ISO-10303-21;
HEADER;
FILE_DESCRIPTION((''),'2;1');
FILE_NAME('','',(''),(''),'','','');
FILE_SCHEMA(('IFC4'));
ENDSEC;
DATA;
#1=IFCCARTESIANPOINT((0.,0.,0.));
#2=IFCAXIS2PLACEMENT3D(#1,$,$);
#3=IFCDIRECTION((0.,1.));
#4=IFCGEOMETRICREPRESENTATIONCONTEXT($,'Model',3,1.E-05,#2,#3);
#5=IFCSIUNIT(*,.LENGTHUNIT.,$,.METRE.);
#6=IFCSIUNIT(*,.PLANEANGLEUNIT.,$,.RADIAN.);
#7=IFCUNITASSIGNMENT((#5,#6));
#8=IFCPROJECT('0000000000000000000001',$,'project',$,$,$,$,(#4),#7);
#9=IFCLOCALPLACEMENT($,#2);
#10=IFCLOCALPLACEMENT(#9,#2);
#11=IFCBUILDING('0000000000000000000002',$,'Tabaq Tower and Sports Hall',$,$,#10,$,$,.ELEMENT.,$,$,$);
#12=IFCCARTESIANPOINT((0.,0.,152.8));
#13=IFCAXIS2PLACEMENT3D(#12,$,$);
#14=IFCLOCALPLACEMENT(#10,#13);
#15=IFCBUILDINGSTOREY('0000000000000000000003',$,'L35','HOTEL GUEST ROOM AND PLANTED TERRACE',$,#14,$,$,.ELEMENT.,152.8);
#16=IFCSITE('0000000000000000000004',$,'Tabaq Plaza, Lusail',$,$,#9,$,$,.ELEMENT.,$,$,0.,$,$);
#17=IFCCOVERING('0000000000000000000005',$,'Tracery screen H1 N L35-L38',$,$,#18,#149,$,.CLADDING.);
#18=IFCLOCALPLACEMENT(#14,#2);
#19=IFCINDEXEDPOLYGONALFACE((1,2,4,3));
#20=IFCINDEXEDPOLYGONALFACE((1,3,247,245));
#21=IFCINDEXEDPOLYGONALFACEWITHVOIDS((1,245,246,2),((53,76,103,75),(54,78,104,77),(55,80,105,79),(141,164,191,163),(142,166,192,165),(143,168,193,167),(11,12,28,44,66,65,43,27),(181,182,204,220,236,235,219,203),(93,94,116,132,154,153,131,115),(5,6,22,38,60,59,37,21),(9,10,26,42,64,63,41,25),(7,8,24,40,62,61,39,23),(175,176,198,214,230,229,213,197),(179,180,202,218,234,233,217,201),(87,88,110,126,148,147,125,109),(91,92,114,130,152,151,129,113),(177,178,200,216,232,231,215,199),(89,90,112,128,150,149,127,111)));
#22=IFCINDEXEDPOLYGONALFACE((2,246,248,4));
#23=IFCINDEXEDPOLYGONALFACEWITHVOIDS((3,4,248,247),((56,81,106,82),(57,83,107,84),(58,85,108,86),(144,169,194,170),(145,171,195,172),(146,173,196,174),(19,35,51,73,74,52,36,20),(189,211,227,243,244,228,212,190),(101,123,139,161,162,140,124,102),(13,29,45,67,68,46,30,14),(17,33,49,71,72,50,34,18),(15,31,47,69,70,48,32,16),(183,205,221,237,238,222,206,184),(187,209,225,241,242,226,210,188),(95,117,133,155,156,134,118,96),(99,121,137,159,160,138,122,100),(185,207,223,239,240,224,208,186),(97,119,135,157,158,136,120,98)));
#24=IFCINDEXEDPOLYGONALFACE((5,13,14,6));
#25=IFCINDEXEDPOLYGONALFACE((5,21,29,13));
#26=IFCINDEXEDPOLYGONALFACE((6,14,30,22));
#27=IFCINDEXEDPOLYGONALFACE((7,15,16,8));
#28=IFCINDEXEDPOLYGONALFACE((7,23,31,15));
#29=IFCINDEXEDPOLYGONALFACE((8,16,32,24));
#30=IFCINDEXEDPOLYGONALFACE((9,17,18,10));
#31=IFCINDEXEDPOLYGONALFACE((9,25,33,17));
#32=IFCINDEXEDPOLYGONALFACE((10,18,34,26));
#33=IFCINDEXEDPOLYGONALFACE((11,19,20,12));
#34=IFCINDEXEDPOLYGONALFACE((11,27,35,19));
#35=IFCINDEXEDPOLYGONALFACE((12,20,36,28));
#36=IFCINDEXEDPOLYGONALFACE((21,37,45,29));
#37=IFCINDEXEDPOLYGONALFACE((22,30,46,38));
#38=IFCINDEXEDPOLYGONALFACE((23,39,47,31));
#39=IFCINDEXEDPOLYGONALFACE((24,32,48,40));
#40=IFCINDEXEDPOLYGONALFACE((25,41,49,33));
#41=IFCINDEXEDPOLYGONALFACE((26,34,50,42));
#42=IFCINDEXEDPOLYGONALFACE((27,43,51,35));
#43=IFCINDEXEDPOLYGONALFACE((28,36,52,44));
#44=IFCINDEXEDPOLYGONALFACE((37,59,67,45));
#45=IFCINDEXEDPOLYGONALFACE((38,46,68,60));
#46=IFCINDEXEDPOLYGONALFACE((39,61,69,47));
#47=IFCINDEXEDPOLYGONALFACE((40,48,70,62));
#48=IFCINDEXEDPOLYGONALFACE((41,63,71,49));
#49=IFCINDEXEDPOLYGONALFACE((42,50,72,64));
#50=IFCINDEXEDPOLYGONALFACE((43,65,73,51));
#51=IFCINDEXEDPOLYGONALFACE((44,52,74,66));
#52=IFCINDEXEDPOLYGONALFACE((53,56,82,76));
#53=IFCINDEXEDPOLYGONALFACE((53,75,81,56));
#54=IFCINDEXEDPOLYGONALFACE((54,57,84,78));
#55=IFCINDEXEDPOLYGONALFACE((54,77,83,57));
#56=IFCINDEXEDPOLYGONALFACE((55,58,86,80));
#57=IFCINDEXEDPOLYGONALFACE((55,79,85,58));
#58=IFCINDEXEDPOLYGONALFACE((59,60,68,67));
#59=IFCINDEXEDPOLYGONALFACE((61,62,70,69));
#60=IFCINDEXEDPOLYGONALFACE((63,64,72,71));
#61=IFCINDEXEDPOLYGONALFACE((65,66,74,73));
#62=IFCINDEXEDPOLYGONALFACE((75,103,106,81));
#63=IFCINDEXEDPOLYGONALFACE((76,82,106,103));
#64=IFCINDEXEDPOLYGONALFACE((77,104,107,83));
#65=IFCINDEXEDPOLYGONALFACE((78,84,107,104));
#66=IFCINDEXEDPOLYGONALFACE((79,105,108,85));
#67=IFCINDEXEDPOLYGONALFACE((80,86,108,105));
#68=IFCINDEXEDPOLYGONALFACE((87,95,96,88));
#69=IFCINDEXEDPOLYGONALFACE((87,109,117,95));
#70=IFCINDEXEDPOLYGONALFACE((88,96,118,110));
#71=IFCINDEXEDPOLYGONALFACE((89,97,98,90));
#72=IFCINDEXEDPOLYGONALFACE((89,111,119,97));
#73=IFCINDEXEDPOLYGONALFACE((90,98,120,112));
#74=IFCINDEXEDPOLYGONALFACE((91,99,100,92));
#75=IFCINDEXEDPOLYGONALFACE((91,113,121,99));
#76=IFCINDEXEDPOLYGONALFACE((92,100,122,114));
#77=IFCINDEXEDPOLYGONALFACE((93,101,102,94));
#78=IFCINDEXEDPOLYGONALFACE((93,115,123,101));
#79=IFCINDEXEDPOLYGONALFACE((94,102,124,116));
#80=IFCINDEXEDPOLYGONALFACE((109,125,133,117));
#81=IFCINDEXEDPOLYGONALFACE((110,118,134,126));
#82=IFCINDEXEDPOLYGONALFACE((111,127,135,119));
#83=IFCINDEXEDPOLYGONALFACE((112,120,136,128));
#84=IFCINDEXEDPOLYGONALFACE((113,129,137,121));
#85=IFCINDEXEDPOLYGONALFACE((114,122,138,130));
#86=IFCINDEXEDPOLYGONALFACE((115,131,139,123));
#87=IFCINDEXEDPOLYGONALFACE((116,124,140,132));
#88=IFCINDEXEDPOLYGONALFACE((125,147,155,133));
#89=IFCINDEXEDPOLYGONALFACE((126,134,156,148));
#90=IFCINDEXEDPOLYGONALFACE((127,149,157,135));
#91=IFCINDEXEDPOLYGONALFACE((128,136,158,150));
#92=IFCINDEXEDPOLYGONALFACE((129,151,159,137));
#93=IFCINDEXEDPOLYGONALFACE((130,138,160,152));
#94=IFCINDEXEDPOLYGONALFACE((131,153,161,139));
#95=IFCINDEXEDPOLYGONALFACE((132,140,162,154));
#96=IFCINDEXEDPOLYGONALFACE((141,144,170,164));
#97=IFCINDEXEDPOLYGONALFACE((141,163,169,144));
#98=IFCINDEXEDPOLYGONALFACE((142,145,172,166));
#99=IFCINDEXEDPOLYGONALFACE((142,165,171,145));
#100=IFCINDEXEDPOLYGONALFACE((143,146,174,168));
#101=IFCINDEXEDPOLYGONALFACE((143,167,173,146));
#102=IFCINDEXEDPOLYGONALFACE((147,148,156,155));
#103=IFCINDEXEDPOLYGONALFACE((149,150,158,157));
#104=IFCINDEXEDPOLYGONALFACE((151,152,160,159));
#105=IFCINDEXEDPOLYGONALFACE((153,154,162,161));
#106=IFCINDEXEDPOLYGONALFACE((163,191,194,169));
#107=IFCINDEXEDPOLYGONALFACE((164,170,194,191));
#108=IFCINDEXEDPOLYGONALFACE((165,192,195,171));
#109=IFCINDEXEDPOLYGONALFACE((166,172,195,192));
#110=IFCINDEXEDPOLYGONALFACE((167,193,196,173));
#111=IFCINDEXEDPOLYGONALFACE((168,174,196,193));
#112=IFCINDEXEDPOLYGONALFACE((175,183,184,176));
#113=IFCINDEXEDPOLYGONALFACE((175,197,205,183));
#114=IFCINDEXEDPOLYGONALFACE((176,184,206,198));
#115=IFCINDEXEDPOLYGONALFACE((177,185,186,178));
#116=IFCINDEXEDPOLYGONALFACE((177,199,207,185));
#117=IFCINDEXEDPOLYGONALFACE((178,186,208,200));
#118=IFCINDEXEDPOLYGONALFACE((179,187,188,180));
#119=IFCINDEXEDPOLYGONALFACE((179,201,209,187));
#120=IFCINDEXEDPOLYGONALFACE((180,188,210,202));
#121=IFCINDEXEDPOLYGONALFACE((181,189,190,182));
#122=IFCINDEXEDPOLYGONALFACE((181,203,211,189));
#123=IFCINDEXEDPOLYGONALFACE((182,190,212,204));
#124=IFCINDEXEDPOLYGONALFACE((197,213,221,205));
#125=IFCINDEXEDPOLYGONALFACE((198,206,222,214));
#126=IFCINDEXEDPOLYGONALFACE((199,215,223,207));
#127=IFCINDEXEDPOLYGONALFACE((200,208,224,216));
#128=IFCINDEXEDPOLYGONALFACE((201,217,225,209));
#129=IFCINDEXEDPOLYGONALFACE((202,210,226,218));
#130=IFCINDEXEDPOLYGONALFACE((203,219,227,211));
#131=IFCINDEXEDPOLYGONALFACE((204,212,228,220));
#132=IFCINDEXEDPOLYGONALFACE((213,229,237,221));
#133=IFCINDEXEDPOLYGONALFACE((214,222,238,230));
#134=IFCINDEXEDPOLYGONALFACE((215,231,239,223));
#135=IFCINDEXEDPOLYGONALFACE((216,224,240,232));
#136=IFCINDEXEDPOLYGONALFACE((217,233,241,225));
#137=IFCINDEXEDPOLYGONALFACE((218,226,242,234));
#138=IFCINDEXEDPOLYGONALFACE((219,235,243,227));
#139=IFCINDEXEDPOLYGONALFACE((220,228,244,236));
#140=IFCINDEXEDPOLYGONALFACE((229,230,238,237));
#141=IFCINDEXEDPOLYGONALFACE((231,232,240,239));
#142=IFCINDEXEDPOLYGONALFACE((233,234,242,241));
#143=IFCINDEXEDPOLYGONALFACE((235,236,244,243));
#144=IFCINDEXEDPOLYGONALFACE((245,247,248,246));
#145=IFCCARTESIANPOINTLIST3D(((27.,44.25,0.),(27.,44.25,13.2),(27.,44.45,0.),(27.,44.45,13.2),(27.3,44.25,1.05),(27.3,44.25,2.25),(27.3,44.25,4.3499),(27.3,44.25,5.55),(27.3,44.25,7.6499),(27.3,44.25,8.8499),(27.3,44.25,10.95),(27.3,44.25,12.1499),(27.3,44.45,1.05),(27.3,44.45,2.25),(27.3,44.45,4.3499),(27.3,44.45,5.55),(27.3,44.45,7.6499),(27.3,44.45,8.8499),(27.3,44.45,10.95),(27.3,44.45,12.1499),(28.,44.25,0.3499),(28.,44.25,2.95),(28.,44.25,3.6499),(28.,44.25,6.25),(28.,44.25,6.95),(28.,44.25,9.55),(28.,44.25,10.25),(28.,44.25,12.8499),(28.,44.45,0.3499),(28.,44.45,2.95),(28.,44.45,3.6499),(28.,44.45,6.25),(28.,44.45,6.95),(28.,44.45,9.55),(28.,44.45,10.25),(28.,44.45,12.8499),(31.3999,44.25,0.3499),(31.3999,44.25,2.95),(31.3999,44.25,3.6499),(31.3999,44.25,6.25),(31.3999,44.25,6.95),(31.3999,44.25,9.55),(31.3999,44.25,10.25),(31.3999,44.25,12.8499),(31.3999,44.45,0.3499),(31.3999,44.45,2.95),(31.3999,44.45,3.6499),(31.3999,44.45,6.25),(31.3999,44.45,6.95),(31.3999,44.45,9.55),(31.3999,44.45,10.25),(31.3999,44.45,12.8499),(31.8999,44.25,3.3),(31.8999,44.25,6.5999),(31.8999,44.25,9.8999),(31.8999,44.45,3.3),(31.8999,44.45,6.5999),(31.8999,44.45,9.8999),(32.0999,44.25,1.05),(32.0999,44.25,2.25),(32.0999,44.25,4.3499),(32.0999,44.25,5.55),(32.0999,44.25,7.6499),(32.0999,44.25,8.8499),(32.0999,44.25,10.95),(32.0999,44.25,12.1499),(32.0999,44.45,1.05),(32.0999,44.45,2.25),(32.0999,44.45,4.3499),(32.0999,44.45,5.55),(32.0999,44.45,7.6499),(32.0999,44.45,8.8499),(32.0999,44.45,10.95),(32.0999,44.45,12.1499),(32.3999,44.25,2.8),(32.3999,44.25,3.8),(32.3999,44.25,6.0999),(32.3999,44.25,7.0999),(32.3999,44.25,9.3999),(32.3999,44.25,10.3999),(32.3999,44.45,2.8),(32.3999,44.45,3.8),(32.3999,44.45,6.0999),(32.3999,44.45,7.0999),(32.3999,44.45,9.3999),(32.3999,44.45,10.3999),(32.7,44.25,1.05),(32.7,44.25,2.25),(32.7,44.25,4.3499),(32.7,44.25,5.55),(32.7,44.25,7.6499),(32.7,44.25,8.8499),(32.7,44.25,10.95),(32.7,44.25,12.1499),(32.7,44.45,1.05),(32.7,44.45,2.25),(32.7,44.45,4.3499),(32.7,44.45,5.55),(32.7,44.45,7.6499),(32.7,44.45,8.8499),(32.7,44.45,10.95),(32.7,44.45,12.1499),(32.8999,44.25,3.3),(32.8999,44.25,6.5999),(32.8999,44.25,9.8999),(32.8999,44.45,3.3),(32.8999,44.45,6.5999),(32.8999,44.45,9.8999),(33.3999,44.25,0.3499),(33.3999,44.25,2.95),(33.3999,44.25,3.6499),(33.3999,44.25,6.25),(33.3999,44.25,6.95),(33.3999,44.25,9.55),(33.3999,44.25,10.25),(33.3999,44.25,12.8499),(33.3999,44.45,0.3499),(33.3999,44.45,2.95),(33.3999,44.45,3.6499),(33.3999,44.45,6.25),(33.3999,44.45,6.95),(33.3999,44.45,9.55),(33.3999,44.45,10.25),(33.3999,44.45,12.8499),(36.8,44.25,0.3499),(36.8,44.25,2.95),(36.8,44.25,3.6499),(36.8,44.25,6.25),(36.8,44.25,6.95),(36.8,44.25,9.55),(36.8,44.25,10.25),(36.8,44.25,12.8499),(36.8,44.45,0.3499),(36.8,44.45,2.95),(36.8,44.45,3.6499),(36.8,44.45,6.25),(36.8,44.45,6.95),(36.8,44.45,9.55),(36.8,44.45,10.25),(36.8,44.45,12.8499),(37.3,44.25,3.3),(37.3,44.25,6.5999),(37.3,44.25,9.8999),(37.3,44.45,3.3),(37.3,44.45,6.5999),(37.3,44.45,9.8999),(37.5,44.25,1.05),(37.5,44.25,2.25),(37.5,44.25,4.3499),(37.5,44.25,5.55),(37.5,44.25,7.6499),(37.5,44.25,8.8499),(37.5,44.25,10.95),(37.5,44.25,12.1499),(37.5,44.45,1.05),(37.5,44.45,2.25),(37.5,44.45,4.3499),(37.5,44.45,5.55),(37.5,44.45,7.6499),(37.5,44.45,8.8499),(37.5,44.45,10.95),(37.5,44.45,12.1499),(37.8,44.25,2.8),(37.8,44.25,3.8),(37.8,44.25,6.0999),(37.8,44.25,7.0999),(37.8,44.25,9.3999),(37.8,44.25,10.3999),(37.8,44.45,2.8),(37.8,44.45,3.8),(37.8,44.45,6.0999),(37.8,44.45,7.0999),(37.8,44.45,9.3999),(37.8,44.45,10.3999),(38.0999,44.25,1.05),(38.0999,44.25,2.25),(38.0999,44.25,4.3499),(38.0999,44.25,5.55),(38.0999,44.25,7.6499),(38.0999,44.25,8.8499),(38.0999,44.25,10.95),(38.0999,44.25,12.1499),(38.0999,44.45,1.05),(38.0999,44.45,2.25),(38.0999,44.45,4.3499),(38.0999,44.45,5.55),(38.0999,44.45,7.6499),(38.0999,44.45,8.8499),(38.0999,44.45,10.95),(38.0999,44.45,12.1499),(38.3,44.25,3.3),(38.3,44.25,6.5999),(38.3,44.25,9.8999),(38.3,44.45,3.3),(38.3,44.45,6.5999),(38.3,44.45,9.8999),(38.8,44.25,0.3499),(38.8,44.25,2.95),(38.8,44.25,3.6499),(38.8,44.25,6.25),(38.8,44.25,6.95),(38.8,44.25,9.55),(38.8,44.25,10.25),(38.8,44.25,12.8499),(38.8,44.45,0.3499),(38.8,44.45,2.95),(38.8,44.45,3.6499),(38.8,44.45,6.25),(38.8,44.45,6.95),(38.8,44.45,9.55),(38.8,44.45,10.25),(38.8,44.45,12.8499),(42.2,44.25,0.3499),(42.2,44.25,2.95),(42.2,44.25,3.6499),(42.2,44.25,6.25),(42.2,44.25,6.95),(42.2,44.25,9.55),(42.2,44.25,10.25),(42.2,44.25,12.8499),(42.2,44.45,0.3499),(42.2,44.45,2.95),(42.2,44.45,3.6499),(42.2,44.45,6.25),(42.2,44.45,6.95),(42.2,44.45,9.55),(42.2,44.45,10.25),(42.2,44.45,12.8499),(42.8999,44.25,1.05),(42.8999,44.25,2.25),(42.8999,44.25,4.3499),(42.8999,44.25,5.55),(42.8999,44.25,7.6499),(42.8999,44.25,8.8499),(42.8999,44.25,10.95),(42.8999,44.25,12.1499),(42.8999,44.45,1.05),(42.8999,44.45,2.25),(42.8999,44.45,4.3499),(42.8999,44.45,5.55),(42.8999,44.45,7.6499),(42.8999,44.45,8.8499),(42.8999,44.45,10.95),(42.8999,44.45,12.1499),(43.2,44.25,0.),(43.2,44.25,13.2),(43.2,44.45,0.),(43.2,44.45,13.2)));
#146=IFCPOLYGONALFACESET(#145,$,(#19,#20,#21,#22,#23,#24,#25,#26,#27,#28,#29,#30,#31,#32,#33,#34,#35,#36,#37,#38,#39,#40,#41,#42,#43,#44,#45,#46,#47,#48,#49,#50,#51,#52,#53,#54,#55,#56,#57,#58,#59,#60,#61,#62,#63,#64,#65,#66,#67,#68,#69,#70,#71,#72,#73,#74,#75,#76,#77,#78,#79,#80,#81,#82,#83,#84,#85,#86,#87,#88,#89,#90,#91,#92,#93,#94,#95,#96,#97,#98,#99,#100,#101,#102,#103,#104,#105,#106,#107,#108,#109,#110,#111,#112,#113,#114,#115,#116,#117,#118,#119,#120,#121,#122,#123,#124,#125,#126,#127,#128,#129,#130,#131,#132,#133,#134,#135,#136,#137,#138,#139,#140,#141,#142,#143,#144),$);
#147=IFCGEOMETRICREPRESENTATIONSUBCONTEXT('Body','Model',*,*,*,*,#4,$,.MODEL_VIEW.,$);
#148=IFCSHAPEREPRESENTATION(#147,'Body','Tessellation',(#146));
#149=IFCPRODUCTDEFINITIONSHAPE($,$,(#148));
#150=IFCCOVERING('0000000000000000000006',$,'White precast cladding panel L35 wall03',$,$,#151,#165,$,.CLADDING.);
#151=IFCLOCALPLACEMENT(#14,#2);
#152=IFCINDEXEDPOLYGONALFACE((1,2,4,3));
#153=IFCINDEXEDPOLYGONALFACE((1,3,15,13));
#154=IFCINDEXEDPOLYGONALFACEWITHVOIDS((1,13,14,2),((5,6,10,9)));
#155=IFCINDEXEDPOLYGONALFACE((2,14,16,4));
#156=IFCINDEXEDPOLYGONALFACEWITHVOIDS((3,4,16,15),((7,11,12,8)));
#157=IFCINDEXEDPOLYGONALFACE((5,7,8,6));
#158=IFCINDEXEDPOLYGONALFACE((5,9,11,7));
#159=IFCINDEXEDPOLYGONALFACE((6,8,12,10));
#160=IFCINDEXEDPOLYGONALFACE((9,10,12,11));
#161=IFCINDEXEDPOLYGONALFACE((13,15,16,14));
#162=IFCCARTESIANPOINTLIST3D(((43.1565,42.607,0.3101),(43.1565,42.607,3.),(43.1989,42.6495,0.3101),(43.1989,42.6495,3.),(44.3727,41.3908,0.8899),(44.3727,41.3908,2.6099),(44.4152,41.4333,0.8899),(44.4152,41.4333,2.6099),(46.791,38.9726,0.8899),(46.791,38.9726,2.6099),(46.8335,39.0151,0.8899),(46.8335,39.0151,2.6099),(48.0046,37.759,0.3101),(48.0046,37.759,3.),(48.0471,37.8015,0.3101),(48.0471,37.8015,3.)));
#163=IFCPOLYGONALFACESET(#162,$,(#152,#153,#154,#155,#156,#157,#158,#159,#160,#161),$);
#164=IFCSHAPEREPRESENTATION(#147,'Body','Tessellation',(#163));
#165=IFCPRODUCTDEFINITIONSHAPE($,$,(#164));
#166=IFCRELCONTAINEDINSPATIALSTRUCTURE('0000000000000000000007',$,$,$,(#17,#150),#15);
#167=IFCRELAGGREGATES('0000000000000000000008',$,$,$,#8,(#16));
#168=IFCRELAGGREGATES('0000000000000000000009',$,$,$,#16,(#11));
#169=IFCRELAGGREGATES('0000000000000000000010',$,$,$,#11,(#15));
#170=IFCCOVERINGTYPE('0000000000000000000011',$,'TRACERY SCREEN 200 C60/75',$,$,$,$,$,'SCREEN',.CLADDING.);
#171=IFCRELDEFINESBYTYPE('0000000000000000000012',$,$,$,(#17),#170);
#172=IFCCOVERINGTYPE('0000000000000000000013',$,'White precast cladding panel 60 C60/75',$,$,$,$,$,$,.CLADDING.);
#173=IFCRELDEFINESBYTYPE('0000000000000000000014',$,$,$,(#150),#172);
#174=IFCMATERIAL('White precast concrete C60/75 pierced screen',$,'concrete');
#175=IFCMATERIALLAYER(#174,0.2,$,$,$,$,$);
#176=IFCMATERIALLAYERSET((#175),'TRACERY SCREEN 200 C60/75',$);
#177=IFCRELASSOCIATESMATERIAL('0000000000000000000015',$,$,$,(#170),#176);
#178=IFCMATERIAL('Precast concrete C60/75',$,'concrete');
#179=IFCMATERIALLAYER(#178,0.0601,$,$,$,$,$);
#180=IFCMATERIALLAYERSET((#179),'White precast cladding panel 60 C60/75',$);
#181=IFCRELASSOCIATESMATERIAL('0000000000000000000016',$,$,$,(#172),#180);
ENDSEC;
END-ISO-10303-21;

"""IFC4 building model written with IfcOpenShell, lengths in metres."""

from ifc_helpers import new_model, si_unit, direction, frame, origin, place, context, subcontext, project, spatial, polyline, outline, extrude, material, layer, layer_set, type_object, element, save


model = new_model("IFC4")

# Units and contexts
model_context = context("Model", 3, precision=1e-05, world=origin(), true_north=direction((0.0, 1.0)))
body_context = subcontext(model_context, "Body", "Model", "MODEL_VIEW")
ifc_project = project(units=[si_unit("LENGTHUNIT", "METRE"), si_unit("PLANEANGLEUNIT", "RADIAN")], contexts=[model_context])

# Site, building, storey
site_placement = place(None, origin())
site = spatial("IfcSite", under=ifc_project, at=site_placement, Name="Tabaq Plaza, Lusail", CompositionType="ELEMENT", RefElevation=0.0)
building_placement = place(site_placement, origin())
building = spatial("IfcBuilding", under=site, at=building_placement, Name="Tabaq Tower and Sports Hall", CompositionType="ELEMENT")
storey_placement = place(building_placement, frame((0.0, 0.0, 152.8)))
storey = spatial("IfcBuildingStorey", under=building, at=storey_placement, Name="L35", Description="HOTEL GUEST ROOM AND PLANTED TERRACE", CompositionType="ELEMENT", Elevation=152.8)

# Coverings
ifc_material_1 = material(Name="White precast concrete C60/75 pierced screen", Category="concrete")
ifc_layer_1 = layer(ifc_material_1, 0.2)
ifc_layer_set_1 = layer_set([ifc_layer_1], Name="TRACERY SCREEN 200 C60/75")
covering_type_1 = type_object("IfcCoveringType", Name="TRACERY SCREEN 200 C60/75", ElementType="SCREEN", PredefinedType="CLADDING", material=ifc_layer_set_1)
covering_1_placement = place(storey_placement, frame((43.2, 44.3501, 0.0), z_axis=(0.0, 0.0, 1.0), x_axis=(-1.0, 0.0, 0.0)))
element("IfcCovering", 1, at=covering_1_placement, inside=storey, type_object=covering_type_1, Name="Tracery screen H1 N L35-L38", PredefinedType="CLADDING", context=body_context, shape_type="SweptSolid", body=[
    extrude(outline(polyline([(0.0, 0.0), (16.2, 0.0), (16.2, 13.2), (0.0, 13.2), (0.0, 0.0)]), holes=[polyline([(1.0, 0.3499), (4.3999, 0.3499), (5.1001, 1.05), (5.1001, 2.25), (4.3999, 2.95), (1.0, 2.95), (0.3, 2.25), (0.3, 1.05), (1.0, 0.3499)]), polyline([(6.3999, 0.3499), (9.8, 0.3499), (10.5, 1.05), (10.5, 2.25), (9.8, 2.95), (6.3999, 2.95), (5.7, 2.25), (5.7, 1.05), (6.3999, 0.3499)]), polyline([(11.8, 0.3499), (15.2, 0.3499), (15.8999, 1.05), (15.8999, 2.25), (15.2, 2.95), (11.8, 2.95), (11.1001, 2.25), (11.1001, 1.05), (11.8, 0.3499)]), polyline([(1.0, 3.6499), (4.3999, 3.6499), (5.1001, 4.3499), (5.1001, 5.55), (4.3999, 6.25), (1.0, 6.25), (0.3, 5.55), (0.3, 4.3499), (1.0, 3.6499)]), polyline([(6.3999, 3.6499), (9.8, 3.6499), (10.5, 4.3499), (10.5, 5.55), (9.8, 6.25), (6.3999, 6.25), (5.7, 5.55), (5.7, 4.3499), (6.3999, 3.6499)]), polyline([(11.8, 3.6499), (15.2, 3.6499), (15.8999, 4.3499), (15.8999, 5.55), (15.2, 6.25), (11.8, 6.25), (11.1001, 5.55), (11.1001, 4.3499), (11.8, 3.6499)]), polyline([(1.0, 6.95), (4.3999, 6.95), (5.1001, 7.6499), (5.1001, 8.8499), (4.3999, 9.55), (1.0, 9.55), (0.3, 8.8499), (0.3, 7.6499), (1.0, 6.95)]), polyline([(6.3999, 6.95), (9.8, 6.95), (10.5, 7.6499), (10.5, 8.8499), (9.8, 9.55), (6.3999, 9.55), (5.7, 8.8499), (5.7, 7.6499), (6.3999, 6.95)]), polyline([(11.8, 6.95), (15.2, 6.95), (15.8999, 7.6499), (15.8999, 8.8499), (15.2, 9.55), (11.8, 9.55), (11.1001, 8.8499), (11.1001, 7.6499), (11.8, 6.95)]), polyline([(1.0, 10.25), (4.3999, 10.25), (5.1001, 10.95), (5.1001, 12.1499), (4.3999, 12.8499), (1.0, 12.8499), (0.3, 12.1499), (0.3, 10.95), (1.0, 10.25)]), polyline([(6.3999, 10.25), (9.8, 10.25), (10.5, 10.95), (10.5, 12.1499), (9.8, 12.8499), (6.3999, 12.8499), (5.7, 12.1499), (5.7, 10.95), (6.3999, 10.25)]), polyline([(11.8, 10.25), (15.2, 10.25), (15.8999, 10.95), (15.8999, 12.1499), (15.2, 12.8499), (11.8, 12.8499), (11.1001, 12.1499), (11.1001, 10.95), (11.8, 10.25)]), polyline([(5.8999, 3.3), (5.3999, 3.8), (4.8999, 3.3), (5.3999, 2.8), (5.8999, 3.3)]), polyline([(11.3, 3.3), (10.8, 3.8), (10.3, 3.3), (10.8, 2.8), (11.3, 3.3)]), polyline([(5.8999, 6.5999), (5.3999, 7.0999), (4.8999, 6.5999), (5.3999, 6.0999), (5.8999, 6.5999)]), polyline([(11.3, 6.5999), (10.8, 7.0999), (10.3, 6.5999), (10.8, 6.0999), (11.3, 6.5999)]), polyline([(5.8999, 9.8999), (5.3999, 10.3999), (4.8999, 9.8999), (5.3999, 9.3999), (5.8999, 9.8999)]), polyline([(11.3, 9.8999), (10.8, 10.3999), (10.3, 9.8999), (10.8, 9.3999), (11.3, 9.8999)])]), frame((0.0, 0.1001, 0.0), z_axis=(0.0, -1.0, 0.0), x_axis=(1.0, 0.0, 0.0)), (0.0, 0.0, 1.0), 0.2),
])
ifc_material_2 = material(Name="Precast concrete C60/75", Category="concrete")
ifc_layer_2 = layer(ifc_material_2, 0.0601)
ifc_layer_set_2 = layer_set([ifc_layer_2], Name="White precast cladding panel 60 C60/75")
covering_type_2 = type_object("IfcCoveringType", Name="White precast cladding panel 60 C60/75", PredefinedType="CLADDING", material=ifc_layer_set_2)
covering_2_placement = place(storey_placement, frame((48.0259, 37.7803, 0.3101), z_axis=(0.0, 0.0, 1.0), x_axis=(-0.707125, 0.707089, 0.0)))
element("IfcCovering", 2, at=covering_2_placement, inside=storey, type_object=covering_type_2, Name="White precast cladding panel L35 wall03", PredefinedType="CLADDING", context=body_context, shape_type="SweptSolid", body=[
    extrude(outline(polyline([(0.0, 0.0), (6.8562, 0.0), (6.8562, 2.6899), (0.0, 2.6899), (0.0, 0.0)]), holes=[polyline([(1.7163, 0.5798), (1.7163, 2.2998), (5.1362, 2.2998), (5.1362, 0.5798), (1.7163, 0.5798)])]), frame((0.0, 0.03, 0.0), z_axis=(0.0, -1.0, 0.0), x_axis=(1.0, 0.0, 0.0)), (0.0, 0.0, 1.0), 0.0601),
])

save(model, "model.ifc")
